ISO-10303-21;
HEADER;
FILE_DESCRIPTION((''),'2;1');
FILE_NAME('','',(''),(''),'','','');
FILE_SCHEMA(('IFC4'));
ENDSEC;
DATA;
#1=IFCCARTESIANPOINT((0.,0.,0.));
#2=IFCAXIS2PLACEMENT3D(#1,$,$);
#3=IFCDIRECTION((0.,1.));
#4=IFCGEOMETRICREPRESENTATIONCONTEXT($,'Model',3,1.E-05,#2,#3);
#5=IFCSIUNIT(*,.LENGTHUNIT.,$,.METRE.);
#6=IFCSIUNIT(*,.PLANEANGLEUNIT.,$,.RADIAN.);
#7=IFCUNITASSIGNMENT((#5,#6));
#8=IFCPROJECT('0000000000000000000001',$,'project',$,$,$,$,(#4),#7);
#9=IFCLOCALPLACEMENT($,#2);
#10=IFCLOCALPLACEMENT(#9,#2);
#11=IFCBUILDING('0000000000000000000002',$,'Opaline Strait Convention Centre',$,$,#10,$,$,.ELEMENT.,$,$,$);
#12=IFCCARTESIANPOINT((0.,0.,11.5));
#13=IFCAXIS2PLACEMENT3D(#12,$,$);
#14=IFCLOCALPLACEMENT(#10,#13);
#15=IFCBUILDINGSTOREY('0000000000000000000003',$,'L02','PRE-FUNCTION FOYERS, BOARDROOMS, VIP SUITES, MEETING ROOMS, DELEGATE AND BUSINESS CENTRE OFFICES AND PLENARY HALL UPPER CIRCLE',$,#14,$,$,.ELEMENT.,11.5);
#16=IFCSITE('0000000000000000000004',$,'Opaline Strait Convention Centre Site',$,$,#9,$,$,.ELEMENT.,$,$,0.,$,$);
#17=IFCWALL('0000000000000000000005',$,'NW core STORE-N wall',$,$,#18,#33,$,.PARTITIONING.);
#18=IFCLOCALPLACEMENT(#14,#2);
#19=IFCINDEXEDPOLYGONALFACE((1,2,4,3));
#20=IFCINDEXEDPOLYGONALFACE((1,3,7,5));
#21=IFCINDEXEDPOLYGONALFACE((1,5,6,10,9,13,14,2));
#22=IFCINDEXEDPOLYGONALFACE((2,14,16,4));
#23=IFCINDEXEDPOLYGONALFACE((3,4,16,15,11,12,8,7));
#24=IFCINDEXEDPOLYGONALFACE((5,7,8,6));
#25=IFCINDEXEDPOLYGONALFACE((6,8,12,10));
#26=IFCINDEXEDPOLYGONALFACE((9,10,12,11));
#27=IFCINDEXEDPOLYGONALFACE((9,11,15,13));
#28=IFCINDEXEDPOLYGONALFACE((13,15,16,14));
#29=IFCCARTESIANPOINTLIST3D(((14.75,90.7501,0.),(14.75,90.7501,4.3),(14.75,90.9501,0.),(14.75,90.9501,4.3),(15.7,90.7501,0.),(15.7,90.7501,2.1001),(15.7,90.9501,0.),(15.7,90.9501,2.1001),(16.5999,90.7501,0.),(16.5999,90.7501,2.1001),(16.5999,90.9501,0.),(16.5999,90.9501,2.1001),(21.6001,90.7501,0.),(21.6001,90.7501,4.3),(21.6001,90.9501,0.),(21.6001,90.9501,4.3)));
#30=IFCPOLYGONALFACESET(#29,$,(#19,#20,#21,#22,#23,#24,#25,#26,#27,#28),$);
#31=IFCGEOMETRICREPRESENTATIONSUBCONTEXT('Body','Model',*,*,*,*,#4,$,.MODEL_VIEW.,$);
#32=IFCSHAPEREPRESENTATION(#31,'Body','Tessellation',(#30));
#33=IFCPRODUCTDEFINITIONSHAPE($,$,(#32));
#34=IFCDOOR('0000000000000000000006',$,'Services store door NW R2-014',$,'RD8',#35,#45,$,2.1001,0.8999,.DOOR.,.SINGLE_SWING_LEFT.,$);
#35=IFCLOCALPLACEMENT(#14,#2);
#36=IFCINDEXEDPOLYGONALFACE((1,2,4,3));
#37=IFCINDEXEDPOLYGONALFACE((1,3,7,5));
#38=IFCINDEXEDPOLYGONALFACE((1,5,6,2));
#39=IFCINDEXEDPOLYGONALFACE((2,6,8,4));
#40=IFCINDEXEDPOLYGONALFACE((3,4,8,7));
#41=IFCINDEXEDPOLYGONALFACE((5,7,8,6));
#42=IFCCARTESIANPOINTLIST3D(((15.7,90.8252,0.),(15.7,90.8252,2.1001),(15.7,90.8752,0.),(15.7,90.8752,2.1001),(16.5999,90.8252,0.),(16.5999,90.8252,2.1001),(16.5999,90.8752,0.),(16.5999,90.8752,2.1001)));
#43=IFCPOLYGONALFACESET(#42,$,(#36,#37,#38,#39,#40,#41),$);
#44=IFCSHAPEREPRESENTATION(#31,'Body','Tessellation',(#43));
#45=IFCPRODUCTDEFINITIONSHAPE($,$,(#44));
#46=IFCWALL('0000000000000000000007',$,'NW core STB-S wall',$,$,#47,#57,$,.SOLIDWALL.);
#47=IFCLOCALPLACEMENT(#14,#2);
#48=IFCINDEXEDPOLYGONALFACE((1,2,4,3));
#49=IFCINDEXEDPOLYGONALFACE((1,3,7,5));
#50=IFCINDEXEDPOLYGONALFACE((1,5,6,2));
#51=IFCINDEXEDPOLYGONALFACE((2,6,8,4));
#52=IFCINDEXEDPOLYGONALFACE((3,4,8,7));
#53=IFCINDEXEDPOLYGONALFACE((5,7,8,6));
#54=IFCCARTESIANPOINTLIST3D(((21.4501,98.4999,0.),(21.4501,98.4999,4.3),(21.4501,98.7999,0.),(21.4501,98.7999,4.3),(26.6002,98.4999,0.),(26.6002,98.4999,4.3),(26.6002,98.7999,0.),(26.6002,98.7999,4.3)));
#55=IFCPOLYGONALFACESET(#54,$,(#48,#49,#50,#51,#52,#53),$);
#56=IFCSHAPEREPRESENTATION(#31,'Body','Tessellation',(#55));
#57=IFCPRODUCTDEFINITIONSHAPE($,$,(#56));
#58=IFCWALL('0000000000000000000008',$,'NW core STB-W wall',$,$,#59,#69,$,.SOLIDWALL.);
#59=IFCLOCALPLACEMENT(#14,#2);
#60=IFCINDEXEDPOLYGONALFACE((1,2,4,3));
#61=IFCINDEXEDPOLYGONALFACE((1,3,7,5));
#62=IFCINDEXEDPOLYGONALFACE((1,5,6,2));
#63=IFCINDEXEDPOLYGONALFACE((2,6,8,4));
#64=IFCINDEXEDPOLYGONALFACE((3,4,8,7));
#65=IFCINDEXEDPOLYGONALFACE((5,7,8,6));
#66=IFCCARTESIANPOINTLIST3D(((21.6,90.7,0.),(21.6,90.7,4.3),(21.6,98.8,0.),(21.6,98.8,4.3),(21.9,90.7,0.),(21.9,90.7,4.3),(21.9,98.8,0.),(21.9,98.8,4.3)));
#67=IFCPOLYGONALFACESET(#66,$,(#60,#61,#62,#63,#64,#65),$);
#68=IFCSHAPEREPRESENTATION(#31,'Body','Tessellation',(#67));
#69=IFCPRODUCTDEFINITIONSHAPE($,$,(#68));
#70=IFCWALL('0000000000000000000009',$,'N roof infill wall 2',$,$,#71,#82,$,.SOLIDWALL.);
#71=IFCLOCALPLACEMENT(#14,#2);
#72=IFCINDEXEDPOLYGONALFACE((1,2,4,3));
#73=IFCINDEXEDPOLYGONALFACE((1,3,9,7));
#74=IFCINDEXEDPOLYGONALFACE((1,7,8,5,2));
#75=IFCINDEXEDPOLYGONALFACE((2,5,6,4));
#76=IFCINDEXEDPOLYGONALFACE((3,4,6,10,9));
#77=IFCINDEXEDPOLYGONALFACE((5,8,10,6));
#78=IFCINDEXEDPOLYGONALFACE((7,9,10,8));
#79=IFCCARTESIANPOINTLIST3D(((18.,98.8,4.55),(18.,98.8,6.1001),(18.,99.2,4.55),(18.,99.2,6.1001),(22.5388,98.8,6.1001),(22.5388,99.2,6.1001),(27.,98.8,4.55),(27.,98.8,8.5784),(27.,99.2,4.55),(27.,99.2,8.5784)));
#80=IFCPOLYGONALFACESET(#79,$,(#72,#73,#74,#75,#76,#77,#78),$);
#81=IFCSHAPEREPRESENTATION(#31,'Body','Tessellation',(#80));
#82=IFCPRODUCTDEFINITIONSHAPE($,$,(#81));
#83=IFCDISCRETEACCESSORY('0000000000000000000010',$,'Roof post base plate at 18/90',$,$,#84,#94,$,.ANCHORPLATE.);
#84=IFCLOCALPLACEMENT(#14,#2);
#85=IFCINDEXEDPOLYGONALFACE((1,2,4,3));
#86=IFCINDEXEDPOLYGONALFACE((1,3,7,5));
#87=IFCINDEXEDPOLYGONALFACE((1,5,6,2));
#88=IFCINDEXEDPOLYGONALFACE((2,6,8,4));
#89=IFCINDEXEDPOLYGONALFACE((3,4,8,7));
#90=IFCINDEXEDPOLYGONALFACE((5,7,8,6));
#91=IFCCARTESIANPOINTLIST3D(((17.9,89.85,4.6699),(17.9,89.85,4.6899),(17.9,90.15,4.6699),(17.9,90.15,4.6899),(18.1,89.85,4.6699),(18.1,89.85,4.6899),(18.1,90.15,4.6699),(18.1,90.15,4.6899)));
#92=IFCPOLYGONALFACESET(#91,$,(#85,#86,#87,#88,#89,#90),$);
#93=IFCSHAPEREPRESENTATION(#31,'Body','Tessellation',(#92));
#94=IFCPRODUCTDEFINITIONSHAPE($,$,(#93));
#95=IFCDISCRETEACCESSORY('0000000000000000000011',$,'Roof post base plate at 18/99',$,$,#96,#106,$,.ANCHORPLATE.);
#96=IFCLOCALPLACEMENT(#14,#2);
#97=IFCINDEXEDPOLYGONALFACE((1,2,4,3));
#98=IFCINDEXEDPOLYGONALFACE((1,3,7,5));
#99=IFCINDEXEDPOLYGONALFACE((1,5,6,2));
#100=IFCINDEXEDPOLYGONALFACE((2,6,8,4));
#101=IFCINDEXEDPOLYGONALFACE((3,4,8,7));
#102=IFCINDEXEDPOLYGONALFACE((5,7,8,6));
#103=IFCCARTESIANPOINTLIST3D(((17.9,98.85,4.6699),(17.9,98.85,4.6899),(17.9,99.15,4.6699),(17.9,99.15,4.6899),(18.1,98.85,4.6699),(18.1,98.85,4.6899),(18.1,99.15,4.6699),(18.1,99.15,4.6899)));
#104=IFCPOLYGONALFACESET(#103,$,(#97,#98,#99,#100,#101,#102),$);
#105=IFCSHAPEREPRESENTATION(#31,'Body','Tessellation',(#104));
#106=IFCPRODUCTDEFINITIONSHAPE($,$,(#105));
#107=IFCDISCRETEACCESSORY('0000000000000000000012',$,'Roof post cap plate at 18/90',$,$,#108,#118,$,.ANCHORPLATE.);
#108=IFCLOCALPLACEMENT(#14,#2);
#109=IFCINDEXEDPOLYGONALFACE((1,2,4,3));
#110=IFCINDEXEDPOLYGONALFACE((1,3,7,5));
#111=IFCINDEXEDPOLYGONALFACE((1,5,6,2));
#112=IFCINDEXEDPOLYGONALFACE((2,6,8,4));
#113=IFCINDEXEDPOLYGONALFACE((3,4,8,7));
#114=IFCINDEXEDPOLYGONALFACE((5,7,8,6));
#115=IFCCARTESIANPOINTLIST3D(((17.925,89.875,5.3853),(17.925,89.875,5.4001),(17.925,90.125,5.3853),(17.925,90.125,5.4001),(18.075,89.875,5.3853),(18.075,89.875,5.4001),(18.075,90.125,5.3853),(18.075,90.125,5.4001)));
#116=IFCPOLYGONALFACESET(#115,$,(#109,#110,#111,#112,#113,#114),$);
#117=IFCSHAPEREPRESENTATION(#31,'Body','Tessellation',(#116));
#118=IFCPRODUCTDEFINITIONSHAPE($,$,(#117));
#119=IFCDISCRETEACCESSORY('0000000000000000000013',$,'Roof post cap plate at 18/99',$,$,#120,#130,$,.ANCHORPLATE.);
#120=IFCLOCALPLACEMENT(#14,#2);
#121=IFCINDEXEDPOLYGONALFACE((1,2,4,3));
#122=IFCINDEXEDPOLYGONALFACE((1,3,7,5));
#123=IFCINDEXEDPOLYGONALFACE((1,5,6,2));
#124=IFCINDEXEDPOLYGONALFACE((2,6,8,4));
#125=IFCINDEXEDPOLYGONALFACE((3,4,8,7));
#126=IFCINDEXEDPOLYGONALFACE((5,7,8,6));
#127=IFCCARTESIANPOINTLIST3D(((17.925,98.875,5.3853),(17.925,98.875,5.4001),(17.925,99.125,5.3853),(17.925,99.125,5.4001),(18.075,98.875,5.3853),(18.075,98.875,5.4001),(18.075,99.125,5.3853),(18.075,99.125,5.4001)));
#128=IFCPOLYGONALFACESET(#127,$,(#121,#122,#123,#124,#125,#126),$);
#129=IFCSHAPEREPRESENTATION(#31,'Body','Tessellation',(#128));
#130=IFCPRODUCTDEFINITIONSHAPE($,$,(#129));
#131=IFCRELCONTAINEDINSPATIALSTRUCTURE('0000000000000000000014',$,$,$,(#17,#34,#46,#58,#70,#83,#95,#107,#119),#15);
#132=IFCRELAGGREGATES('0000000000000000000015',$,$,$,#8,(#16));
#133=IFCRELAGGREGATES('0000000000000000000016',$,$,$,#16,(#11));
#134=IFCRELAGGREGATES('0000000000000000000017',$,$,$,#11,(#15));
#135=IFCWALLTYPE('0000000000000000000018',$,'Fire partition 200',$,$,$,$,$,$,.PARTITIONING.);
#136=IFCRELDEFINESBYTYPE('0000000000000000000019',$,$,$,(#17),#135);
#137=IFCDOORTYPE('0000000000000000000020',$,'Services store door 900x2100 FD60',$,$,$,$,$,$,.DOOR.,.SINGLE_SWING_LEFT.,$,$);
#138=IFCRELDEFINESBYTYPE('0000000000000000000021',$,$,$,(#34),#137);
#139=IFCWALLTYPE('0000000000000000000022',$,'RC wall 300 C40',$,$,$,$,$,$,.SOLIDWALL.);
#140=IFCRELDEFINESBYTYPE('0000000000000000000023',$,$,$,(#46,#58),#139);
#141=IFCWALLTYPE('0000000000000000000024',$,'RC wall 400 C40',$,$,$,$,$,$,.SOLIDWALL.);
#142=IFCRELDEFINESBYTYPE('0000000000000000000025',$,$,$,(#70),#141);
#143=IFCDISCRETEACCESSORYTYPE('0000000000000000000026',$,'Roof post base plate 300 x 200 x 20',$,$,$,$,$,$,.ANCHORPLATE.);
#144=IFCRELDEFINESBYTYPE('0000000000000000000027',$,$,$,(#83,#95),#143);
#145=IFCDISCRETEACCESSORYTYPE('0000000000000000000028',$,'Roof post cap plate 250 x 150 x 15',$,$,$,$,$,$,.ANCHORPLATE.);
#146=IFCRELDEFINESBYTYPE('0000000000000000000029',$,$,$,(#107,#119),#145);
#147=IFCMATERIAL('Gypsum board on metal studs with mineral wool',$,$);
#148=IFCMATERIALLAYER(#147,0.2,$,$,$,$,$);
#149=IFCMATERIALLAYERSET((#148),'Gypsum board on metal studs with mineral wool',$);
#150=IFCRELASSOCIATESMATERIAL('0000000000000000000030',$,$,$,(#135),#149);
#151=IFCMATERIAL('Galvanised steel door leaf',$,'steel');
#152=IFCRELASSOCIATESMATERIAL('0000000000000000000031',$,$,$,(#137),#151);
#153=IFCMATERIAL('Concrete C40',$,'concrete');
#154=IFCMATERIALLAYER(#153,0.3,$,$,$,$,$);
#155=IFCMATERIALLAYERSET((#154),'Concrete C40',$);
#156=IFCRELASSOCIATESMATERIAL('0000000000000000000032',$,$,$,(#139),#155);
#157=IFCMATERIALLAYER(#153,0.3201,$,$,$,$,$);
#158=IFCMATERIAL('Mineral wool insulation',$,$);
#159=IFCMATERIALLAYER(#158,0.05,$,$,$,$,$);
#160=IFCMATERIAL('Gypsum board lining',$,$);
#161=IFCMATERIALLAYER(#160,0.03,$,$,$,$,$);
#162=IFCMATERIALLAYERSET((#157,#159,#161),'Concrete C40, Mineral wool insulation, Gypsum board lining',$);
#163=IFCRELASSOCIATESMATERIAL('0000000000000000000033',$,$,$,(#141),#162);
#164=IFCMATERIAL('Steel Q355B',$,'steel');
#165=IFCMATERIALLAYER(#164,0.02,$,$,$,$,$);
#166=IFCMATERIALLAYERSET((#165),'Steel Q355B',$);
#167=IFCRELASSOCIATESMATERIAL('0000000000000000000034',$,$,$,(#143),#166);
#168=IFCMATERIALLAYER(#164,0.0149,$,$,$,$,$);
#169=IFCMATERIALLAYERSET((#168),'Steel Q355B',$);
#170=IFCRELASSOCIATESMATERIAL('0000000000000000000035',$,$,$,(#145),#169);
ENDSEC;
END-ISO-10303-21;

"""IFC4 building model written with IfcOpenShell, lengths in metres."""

from ifc_helpers import new_model, si_unit, direction, frame, frame_2d, origin, origin_2d, place, context, subcontext, project, spatial, polyline, rectangle, outline, extrude, material, layer, layer_set, type_object, element, fill, save


model = new_model("IFC4")

# Units and contexts
model_context = context("Model", 3, precision=1e-05, world=origin(), true_north=direction((0.0, 1.0)))
body_context = subcontext(model_context, "Body", "Model", "MODEL_VIEW")
ifc_project = project(units=[si_unit("LENGTHUNIT", "METRE"), si_unit("PLANEANGLEUNIT", "RADIAN")], contexts=[model_context])

# Site, building, storey
site_placement = place(None, origin())
site = spatial("IfcSite", under=ifc_project, at=site_placement, Name="Opaline Strait Convention Centre Site", CompositionType="ELEMENT", RefElevation=0.0)
building_placement = place(site_placement, origin())
building = spatial("IfcBuilding", under=site, at=building_placement, Name="Opaline Strait Convention Centre", CompositionType="ELEMENT")
storey_placement = place(building_placement, frame((0.0, 0.0, 11.5)))
storey = spatial("IfcBuildingStorey", under=building, at=storey_placement, Name="L02", Description="PRE-FUNCTION FOYERS, BOARDROOMS, VIP SUITES, MEETING ROOMS, DELEGATE AND BUSINESS CENTRE OFFICES AND PLENARY HALL UPPER CIRCLE", CompositionType="ELEMENT", Elevation=11.5)

# Shared definitions
ifc_material_1 = material(Name="Concrete C40", Category="concrete")

# Shared definitions
ifc_material_2 = material(Name="Steel Q355B", Category="steel")

# Wall, opening, door
ifc_material_3 = material(Name="Gypsum board on metal studs with mineral wool")
ifc_layer_1 = layer(ifc_material_3, 0.2)
ifc_layer_set_1 = layer_set([ifc_layer_1], Name="Gypsum board on metal studs with mineral wool")
wall_type_1 = type_object("IfcWallType", Name="Fire partition 200", PredefinedType="PARTITIONING", material=ifc_layer_set_1)
wall_1_placement = place(storey_placement, frame((14.75, 90.8501, 0.0), z_axis=(0.0, 0.0, 1.0), x_axis=(1.0, 0.0, 0.0)))
wall_1 = element("IfcWall", 1, at=wall_1_placement, inside=storey, type_object=wall_type_1, Name="NW core STORE-N wall", PredefinedType="PARTITIONING", context=body_context, shape_type="SweptSolid", body=[
    extrude(rectangle(XDim=6.8501, YDim=0.2, at=frame_2d((3.425, 0.0))), origin(), (0.0, 0.0, 1.0), 4.3),
])
opening_1_placement = place(wall_1_placement, frame((0.95, 0.0, 0.0)))
opening_1 = element("IfcOpeningElement", 2, at=opening_1_placement, cuts=wall_1, PredefinedType="OPENING", context=body_context, shape_type="SweptSolid", body=[
    extrude(rectangle(XDim=0.8999, YDim=2.1001, at=frame_2d((0.45, 1.05))), frame((0.0, 0.1099, 0.0), z_axis=(0.0, -1.0, 0.0), x_axis=(1.0, 0.0, 0.0)), (0.0, 0.0, 1.0), 0.22),
])
ifc_material_4 = material(Name="Galvanised steel door leaf", Category="steel")
door_type_1 = type_object("IfcDoorType", Name="Services store door 900x2100 FD60", OperationType="SINGLE_SWING_LEFT", PredefinedType="DOOR", material=ifc_material_4)
door_1_placement = place(opening_1_placement, frame((0.8999, 0.0, 0.0), z_axis=(0.0, 0.0, 1.0), x_axis=(-1.0, 0.0, 0.0)))
door_1 = element("IfcDoor", 3, at=door_1_placement, inside=storey, type_object=door_type_1, Name="Services store door NW R2-014", ObjectType="RD8", OperationType="SINGLE_SWING_LEFT", OverallHeight=2.1001, OverallWidth=0.8999, PredefinedType="DOOR", context=body_context, shape_type="SweptSolid", body=[
    extrude(rectangle(XDim=0.8999, YDim=2.1001, at=frame_2d((0.45, 1.05))), frame((0.0, 0.0249, 0.0), z_axis=(0.0, -1.0, 0.0), x_axis=(1.0, 0.0, 0.0)), (0.0, 0.0, 1.0), 0.05),
])
fill(opening_1, door_1)

# Wall
ifc_layer_2 = layer(ifc_material_1, 0.3)
ifc_layer_set_2 = layer_set([ifc_layer_2], Name="Concrete C40")
wall_type_2 = type_object("IfcWallType", Name="RC wall 300 C40", PredefinedType="SOLIDWALL", material=ifc_layer_set_2)
wall_2_placement = place(storey_placement, frame((21.45, 98.6499, 0.0), z_axis=(0.0, 0.0, 1.0), x_axis=(1.0, 0.0, 0.0)))
element("IfcWall", 4, at=wall_2_placement, inside=storey, type_object=wall_type_2, Name="NW core STB-S wall", PredefinedType="SOLIDWALL", context=body_context, shape_type="SweptSolid", body=[
    extrude(rectangle(XDim=5.1501, YDim=0.3, at=frame_2d((2.5752, 0.0))), origin(), (0.0, 0.0, 1.0), 4.3),
])

# Walls
wall_3_placement = place(storey_placement, frame((21.75, 98.8, 0.0), z_axis=(0.0, 0.0, 1.0), x_axis=(0.0, -1.0, 0.0)))
element("IfcWall", 5, at=wall_3_placement, inside=storey, type_object=wall_type_2, Name="NW core STB-W wall", PredefinedType="SOLIDWALL", context=body_context, shape_type="SweptSolid", body=[
    extrude(rectangle(XDim=8.1001, YDim=0.3, at=frame_2d((4.05, 0.0))), origin(), (0.0, 0.0, 1.0), 4.3),
])
ifc_layer_3 = layer(ifc_material_1, 0.3201)
ifc_material_5 = material(Name="Mineral wool insulation")
ifc_layer_4 = layer(ifc_material_5, 0.05)
ifc_material_6 = material(Name="Gypsum board lining")
ifc_layer_5 = layer(ifc_material_6, 0.03)
ifc_layer_set_3 = layer_set([ifc_layer_3, ifc_layer_4, ifc_layer_5], Name="Concrete C40, Mineral wool insulation, Gypsum board lining")
wall_type_3 = type_object("IfcWallType", Name="RC wall 400 C40", PredefinedType="SOLIDWALL", material=ifc_layer_set_3)
wall_4_placement = place(storey_placement, frame((18.0, 99.0, 4.55), z_axis=(0.0, 0.0, 1.0), x_axis=(1.0, 0.0, 0.0)))
element("IfcWall", 6, at=wall_4_placement, inside=storey, type_object=wall_type_3, Name="N roof infill wall 2", PredefinedType="SOLIDWALL", context=body_context, shape_type="SweptSolid", body=[
    extrude(outline(polyline([(0.0, 0.0), (9.0, 0.0), (9.0, 4.0283), (4.5388, 1.55), (0.0, 1.55), (0.0, 0.0)])), frame((0.0, 0.2, 0.0), z_axis=(0.0, -1.0, 0.0), x_axis=(1.0, 0.0, 0.0)), (0.0, 0.0, 1.0), 0.3999),
])

# Discrete accessories
ifc_layer_6 = layer(ifc_material_2, 0.02)
ifc_layer_set_4 = layer_set([ifc_layer_6], Name="Steel Q355B")
discrete_accessory_type_1 = type_object("IfcDiscreteAccessoryType", Name="Roof post base plate 300 x 200 x 20", PredefinedType="ANCHORPLATE", material=ifc_layer_set_4)
for number, where, z_axis, x_axis, name in (
    (7, (18.0, 90.0, 4.6699), (0.0, 0.0, 1.0), (1.0, 0.0, 0.0), "Roof post base plate at 18/90"),
    (8, (18.0, 99.0, 4.6699), (0.0, 0.0, 1.0), (1.0, 0.0, 0.0), "Roof post base plate at 18/99"),
):
    element("IfcDiscreteAccessory", number, at=place(storey_placement, frame(where, z_axis=z_axis, x_axis=x_axis)), inside=storey, type_object=discrete_accessory_type_1, Name=name, PredefinedType="ANCHORPLATE", context=body_context, shape_type="SweptSolid", body=[
        extrude(rectangle(XDim=0.2, YDim=0.3, at=origin_2d()), origin(), (0.0, 0.0, 1.0), 0.02),
    ])
ifc_layer_7 = layer(ifc_material_2, 0.0149)
ifc_layer_set_5 = layer_set([ifc_layer_7], Name="Steel Q355B")
discrete_accessory_type_2 = type_object("IfcDiscreteAccessoryType", Name="Roof post cap plate 250 x 150 x 15", PredefinedType="ANCHORPLATE", material=ifc_layer_set_5)
for number, where, z_axis, x_axis, name in (
    (9, (18.0, 90.0, 5.3853), (0.0, 0.0, 1.0), (1.0, 0.0, 0.0), "Roof post cap plate at 18/90"),
    (10, (18.0, 99.0, 5.3853), (0.0, 0.0, 1.0), (1.0, 0.0, 0.0), "Roof post cap plate at 18/99"),
):
    element("IfcDiscreteAccessory", number, at=place(storey_placement, frame(where, z_axis=z_axis, x_axis=x_axis)), inside=storey, type_object=discrete_accessory_type_2, Name=name, PredefinedType="ANCHORPLATE", context=body_context, shape_type="SweptSolid", body=[
        extrude(rectangle(XDim=0.1499, YDim=0.25, at=origin_2d()), origin(), (0.0, 0.0, 1.0), 0.0149),
    ])

save(model, "model.ifc")
